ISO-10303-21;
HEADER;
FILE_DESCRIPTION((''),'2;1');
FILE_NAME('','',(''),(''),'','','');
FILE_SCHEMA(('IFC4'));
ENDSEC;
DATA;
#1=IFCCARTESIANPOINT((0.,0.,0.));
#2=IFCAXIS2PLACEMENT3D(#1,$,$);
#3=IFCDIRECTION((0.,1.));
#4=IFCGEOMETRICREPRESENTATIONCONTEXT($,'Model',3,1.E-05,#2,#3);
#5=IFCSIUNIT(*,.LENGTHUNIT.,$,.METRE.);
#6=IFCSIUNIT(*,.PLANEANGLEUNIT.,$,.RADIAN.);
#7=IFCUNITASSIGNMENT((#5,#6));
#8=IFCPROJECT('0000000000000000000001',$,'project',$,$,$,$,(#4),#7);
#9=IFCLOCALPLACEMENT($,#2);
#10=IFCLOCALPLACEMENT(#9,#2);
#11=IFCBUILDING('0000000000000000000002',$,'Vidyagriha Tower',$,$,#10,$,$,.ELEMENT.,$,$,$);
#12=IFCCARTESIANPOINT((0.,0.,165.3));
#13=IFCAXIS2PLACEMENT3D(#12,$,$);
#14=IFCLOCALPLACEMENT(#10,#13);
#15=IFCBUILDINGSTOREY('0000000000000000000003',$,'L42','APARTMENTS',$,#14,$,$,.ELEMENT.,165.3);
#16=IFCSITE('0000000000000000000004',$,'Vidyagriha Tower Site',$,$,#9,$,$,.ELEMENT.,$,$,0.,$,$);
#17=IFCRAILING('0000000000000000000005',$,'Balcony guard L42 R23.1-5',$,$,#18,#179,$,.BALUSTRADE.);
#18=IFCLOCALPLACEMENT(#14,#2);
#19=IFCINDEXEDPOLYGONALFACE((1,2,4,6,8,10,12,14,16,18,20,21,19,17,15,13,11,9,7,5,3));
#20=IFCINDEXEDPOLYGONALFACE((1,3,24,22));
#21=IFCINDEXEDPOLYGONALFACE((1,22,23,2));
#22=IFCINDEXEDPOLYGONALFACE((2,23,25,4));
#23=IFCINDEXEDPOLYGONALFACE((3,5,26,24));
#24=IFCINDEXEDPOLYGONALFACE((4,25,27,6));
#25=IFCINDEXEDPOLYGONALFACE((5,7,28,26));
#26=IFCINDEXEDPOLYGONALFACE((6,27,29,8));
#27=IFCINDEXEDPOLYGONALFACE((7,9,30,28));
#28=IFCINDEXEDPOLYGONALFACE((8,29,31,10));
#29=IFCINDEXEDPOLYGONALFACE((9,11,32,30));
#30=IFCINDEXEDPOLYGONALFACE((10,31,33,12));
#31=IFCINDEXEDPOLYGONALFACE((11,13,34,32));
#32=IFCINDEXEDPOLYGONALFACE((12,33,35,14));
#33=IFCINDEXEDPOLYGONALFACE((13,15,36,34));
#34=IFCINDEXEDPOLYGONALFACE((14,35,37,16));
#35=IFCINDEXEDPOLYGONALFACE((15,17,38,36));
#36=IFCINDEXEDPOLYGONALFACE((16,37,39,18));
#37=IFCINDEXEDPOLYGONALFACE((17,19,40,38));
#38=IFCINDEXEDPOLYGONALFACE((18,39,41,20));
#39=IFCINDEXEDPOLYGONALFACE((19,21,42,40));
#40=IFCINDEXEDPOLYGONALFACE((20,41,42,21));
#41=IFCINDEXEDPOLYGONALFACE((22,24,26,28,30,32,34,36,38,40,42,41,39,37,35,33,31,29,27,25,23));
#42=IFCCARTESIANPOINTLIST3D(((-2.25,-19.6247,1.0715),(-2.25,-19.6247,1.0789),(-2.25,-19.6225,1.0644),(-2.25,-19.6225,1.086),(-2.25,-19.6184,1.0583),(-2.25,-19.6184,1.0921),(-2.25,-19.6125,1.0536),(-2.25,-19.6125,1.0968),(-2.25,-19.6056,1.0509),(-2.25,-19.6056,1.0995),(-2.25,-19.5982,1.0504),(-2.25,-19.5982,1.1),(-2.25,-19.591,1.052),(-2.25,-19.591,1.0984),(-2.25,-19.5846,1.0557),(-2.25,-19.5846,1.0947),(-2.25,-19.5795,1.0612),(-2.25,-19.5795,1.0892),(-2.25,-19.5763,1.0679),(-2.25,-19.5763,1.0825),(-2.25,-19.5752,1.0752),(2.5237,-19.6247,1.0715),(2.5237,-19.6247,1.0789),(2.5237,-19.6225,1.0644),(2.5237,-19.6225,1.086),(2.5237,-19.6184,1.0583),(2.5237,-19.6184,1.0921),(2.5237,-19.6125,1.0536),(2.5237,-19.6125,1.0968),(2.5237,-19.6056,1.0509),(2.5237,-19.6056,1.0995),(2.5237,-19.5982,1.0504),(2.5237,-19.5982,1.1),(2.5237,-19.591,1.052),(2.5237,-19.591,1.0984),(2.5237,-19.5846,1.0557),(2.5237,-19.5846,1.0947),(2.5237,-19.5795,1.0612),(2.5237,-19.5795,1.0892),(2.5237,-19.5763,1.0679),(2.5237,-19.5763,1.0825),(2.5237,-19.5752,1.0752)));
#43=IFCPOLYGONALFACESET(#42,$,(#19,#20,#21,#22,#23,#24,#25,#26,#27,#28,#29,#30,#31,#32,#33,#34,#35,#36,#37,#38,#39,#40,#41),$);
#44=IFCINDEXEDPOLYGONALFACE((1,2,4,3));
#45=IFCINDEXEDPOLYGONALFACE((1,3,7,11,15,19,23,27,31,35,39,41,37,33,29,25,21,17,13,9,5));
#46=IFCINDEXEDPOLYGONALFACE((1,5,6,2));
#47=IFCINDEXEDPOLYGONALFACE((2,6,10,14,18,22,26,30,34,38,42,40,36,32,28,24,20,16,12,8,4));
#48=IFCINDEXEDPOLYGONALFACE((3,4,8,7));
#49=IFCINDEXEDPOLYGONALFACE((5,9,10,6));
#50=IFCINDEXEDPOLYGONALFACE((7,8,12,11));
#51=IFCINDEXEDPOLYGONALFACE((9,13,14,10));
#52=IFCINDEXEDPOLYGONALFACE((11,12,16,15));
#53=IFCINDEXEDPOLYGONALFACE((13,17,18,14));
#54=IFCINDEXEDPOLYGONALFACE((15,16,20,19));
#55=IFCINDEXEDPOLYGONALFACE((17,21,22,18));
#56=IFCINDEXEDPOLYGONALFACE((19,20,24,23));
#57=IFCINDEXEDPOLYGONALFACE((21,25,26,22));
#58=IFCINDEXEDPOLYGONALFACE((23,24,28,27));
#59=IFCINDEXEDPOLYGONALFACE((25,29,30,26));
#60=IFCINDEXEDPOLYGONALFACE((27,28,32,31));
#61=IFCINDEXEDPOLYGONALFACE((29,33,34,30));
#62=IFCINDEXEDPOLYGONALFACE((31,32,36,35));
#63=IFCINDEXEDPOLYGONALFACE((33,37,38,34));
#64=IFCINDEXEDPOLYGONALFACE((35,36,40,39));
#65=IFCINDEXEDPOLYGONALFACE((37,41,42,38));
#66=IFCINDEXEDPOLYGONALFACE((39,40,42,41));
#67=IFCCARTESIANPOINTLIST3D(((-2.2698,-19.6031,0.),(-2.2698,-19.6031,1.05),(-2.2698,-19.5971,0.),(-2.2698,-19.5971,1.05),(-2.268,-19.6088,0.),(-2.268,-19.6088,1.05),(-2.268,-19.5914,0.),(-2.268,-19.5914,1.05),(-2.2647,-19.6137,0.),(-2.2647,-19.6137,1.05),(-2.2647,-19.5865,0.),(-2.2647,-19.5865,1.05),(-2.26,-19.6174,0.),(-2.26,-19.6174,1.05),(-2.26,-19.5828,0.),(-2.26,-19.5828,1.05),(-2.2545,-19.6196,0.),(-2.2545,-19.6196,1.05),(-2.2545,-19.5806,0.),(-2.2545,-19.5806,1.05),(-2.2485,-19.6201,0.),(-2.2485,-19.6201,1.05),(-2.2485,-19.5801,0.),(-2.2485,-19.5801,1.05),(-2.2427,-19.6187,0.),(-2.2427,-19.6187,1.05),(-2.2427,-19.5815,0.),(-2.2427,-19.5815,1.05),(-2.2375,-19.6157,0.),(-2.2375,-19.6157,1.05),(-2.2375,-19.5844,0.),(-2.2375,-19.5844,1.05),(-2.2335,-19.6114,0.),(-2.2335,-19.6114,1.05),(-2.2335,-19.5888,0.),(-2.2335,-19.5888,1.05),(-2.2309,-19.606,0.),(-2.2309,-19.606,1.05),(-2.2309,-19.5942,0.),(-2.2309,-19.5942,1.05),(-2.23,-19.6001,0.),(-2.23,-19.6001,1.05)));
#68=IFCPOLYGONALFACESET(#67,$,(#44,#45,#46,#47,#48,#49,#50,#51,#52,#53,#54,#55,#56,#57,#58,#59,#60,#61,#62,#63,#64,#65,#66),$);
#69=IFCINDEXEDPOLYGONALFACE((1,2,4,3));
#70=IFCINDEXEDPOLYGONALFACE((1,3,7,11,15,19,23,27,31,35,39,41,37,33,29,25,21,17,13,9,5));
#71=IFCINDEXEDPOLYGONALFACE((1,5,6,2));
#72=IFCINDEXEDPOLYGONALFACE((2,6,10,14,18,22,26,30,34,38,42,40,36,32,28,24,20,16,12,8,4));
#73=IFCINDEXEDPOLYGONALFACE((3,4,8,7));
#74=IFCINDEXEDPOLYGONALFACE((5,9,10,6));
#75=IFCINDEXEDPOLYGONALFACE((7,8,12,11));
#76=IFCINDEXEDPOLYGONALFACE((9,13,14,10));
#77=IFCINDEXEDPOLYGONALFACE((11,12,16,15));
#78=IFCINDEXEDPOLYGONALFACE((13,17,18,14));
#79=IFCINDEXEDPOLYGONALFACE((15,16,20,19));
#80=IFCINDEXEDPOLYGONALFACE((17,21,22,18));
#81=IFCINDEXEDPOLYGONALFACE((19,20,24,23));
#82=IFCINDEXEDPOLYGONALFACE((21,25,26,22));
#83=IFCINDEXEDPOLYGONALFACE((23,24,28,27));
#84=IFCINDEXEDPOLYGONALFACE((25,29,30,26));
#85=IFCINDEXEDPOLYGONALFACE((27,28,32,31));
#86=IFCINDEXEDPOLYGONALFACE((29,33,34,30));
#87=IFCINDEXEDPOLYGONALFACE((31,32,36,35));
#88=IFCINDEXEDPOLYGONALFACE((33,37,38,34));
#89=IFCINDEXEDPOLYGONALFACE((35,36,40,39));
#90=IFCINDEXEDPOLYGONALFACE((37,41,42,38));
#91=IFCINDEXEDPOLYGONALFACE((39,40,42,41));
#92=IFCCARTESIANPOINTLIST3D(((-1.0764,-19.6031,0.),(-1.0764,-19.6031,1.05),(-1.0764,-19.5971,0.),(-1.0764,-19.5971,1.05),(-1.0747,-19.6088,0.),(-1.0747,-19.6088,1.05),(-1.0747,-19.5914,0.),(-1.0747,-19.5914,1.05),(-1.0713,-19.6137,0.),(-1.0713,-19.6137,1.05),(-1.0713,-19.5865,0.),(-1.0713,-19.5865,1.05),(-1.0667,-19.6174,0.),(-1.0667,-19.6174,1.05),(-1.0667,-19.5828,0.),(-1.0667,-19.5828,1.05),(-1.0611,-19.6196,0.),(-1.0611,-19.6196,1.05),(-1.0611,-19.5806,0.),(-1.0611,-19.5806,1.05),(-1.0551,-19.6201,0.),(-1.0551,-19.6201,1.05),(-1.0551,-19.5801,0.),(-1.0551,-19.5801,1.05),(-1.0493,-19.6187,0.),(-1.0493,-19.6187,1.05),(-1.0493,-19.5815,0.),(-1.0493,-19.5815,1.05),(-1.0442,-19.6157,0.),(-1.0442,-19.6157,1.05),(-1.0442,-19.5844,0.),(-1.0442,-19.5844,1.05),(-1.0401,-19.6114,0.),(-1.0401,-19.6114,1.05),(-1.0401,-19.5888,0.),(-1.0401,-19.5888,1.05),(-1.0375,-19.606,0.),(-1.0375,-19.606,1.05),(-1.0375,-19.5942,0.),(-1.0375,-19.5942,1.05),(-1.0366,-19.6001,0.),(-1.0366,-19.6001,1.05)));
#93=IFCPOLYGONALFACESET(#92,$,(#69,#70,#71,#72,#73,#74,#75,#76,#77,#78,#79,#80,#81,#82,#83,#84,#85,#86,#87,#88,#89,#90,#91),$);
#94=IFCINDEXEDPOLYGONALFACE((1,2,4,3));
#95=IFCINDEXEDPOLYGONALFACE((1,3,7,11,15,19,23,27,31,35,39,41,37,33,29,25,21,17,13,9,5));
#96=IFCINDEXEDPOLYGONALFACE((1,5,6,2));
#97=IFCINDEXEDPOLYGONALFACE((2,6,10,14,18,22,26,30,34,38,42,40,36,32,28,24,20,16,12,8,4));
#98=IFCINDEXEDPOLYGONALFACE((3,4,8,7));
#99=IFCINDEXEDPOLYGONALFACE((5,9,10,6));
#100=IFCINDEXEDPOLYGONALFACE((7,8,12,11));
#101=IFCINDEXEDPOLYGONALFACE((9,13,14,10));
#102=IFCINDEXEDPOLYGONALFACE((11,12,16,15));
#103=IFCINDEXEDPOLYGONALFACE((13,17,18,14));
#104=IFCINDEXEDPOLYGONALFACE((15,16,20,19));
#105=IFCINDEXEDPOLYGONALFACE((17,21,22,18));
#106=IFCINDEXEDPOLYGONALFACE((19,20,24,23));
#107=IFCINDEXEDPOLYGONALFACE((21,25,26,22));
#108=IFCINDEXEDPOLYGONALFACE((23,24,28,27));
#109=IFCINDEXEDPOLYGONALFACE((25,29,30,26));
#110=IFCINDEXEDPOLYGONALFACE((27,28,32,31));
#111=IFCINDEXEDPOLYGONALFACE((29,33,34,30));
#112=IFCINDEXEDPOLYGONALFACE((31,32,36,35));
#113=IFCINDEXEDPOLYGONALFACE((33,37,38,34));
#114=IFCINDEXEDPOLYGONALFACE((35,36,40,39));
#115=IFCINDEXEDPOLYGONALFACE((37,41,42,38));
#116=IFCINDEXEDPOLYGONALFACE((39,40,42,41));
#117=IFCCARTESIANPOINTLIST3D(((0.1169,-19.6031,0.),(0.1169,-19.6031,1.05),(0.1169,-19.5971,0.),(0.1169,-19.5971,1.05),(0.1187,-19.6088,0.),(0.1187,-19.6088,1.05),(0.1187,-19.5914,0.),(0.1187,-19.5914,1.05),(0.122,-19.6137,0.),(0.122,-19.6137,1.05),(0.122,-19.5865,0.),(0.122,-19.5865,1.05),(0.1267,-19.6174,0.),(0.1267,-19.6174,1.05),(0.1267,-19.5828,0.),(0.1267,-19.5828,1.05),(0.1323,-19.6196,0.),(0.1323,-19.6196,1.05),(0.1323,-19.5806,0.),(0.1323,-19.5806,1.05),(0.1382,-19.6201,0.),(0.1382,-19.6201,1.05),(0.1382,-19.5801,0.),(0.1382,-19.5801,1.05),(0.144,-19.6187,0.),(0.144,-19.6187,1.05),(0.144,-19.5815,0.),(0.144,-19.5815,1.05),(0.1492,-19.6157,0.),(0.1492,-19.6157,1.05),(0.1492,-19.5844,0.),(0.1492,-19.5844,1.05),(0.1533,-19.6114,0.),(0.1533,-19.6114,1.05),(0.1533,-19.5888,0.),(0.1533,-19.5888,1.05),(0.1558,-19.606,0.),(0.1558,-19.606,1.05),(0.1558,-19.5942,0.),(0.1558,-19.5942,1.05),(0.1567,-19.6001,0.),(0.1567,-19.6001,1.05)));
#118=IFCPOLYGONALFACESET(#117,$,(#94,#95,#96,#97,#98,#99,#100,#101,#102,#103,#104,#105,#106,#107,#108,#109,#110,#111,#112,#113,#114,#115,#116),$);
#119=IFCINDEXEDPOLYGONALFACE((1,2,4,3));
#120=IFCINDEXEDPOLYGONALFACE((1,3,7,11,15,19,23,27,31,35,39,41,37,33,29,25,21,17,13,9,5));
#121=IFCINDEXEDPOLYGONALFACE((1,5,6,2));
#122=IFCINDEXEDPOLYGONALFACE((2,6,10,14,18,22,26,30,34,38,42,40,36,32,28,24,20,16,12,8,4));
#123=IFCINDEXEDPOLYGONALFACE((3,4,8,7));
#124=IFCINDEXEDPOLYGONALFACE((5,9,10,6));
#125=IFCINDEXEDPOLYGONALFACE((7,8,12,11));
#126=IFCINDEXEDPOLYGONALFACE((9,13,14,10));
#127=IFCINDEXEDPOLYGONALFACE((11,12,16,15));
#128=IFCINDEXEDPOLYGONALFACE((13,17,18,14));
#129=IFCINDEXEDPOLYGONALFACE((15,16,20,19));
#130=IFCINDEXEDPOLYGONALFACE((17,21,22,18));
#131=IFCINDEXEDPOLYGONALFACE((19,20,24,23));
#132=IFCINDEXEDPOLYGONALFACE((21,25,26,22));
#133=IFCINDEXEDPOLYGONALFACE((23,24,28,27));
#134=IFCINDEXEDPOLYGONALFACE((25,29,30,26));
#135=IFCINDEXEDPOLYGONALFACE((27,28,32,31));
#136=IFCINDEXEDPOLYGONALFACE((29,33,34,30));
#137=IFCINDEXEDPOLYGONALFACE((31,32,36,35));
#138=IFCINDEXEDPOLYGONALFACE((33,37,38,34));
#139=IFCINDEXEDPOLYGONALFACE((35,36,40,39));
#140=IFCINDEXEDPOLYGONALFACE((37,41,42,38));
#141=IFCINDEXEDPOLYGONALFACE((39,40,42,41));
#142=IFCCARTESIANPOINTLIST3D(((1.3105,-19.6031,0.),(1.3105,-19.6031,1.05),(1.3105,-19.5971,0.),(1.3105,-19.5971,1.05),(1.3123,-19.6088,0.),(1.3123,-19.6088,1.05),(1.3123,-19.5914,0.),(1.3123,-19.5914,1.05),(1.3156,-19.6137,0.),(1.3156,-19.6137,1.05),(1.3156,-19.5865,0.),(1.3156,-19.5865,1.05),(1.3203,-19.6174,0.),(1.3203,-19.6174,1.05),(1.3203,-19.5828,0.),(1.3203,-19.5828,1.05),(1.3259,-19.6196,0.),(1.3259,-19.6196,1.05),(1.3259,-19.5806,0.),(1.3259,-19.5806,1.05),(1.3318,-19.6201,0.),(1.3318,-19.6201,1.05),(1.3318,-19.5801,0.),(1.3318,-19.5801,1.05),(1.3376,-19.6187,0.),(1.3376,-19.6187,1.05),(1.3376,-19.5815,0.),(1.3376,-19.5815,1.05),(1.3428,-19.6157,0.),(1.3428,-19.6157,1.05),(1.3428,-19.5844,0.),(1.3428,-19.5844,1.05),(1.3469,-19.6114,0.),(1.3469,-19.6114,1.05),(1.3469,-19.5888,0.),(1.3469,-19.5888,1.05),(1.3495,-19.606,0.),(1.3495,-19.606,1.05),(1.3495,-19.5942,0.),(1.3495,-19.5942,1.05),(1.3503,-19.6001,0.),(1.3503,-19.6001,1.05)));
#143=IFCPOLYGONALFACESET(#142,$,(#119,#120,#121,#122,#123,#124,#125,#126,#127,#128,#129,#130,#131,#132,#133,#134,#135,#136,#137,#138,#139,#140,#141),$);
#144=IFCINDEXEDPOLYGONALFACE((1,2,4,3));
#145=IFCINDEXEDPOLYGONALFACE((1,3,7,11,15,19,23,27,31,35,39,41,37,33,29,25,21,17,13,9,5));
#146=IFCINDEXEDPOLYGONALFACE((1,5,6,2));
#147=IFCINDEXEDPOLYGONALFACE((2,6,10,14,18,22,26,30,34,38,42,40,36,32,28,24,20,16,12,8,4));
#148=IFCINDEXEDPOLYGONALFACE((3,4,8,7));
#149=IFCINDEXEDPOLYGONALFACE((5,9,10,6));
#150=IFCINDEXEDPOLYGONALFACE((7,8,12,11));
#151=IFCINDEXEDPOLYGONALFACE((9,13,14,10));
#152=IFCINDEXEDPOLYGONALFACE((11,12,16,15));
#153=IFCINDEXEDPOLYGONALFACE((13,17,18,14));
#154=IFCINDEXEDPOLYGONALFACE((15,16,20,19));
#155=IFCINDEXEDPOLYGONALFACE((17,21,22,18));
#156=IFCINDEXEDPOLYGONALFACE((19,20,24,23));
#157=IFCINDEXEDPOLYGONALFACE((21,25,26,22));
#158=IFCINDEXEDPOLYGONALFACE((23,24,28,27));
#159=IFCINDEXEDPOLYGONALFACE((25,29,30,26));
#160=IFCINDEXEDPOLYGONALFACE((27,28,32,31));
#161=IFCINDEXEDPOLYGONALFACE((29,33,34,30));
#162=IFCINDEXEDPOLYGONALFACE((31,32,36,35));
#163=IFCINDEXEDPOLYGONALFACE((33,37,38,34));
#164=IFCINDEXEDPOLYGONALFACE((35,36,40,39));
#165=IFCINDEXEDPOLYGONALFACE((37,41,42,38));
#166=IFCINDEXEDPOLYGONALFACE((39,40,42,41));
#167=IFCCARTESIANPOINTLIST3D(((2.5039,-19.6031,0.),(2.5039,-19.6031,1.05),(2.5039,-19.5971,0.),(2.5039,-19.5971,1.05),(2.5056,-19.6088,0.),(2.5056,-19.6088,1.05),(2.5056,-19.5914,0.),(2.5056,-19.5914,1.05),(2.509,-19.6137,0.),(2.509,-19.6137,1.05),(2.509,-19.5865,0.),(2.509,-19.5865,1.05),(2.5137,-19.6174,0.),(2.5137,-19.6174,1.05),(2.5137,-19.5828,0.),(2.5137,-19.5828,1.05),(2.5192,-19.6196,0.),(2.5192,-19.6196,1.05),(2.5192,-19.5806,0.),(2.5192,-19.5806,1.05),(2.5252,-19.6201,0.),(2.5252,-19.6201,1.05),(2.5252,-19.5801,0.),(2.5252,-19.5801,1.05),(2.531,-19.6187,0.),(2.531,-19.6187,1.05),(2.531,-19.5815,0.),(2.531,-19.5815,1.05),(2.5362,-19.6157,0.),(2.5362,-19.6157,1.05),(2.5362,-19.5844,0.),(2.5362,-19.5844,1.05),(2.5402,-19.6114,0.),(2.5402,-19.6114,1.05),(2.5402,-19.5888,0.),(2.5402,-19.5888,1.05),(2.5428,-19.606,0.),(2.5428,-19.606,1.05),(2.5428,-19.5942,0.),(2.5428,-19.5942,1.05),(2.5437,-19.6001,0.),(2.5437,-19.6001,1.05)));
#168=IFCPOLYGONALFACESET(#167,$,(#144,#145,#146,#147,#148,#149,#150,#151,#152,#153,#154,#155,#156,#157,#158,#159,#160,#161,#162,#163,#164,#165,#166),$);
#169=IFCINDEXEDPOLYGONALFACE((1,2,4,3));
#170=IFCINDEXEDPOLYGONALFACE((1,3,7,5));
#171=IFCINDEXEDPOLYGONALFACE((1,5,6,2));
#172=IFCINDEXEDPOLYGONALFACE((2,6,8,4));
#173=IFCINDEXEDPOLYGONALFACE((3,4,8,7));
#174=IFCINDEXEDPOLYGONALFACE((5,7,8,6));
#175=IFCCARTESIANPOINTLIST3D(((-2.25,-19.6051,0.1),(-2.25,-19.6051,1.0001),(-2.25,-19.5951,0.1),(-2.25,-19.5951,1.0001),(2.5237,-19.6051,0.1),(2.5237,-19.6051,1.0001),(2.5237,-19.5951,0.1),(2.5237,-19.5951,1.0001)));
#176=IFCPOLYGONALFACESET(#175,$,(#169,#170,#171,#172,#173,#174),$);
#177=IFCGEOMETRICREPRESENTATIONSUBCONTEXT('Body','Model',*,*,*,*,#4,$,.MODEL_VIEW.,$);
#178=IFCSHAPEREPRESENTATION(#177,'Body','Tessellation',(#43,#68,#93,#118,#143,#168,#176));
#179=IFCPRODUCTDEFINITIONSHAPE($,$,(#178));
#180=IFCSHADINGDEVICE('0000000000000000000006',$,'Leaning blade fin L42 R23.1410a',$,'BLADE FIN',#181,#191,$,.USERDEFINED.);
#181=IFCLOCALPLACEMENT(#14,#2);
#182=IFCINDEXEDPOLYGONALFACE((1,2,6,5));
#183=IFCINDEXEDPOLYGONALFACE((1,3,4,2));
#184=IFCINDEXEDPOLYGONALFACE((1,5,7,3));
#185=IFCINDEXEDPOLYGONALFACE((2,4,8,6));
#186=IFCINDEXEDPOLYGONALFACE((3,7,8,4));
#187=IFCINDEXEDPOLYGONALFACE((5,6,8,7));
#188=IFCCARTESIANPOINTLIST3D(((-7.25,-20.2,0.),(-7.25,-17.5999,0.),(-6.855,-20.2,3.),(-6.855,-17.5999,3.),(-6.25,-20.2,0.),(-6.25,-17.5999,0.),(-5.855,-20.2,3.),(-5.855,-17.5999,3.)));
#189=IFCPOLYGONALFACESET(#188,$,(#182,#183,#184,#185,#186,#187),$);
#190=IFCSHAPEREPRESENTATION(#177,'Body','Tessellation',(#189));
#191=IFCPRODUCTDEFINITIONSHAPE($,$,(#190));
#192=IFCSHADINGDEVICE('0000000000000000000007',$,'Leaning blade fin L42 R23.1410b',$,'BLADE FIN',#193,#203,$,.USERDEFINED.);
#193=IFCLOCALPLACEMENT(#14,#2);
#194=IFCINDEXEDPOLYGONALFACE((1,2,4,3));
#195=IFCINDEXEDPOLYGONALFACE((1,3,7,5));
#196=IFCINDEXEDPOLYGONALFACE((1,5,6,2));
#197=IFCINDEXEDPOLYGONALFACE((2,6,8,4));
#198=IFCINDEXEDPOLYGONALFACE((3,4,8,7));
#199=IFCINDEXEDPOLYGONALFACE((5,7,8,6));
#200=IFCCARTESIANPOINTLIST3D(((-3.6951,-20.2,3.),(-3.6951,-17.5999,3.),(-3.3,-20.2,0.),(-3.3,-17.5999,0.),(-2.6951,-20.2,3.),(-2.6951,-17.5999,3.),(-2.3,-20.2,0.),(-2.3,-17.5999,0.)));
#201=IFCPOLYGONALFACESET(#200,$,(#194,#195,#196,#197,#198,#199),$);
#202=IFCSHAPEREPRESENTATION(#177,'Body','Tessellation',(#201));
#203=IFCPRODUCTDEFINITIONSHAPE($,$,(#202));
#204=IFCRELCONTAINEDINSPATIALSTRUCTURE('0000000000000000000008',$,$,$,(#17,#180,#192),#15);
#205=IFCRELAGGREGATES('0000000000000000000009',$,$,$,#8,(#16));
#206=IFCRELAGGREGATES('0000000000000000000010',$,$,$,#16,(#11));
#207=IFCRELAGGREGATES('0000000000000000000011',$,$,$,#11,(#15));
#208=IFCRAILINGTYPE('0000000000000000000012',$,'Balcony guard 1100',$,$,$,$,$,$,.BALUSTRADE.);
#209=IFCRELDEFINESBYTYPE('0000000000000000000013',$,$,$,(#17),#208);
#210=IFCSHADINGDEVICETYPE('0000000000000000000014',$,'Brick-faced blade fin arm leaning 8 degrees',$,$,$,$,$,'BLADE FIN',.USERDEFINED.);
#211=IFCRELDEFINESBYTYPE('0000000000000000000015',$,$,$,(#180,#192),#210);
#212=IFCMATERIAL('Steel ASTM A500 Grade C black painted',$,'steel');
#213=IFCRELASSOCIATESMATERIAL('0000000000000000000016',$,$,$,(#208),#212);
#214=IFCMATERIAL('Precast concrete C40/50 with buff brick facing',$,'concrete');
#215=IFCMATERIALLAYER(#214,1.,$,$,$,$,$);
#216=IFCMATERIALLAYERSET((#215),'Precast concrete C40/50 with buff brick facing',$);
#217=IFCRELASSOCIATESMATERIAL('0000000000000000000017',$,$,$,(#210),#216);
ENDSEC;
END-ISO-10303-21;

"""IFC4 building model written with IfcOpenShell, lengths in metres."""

from ifc_helpers import new_model, si_unit, direction, frame, origin, origin_2d, place, context, subcontext, project, spatial, polyline, rectangle, circle, outline, extrude, material, layer, layer_set, type_object, element, save


model = new_model("IFC4")

# Units and contexts
model_context = context("Model", 3, precision=1e-05, world=origin(), true_north=direction((0.0, 1.0)))
body_context = subcontext(model_context, "Body", "Model", "MODEL_VIEW")
ifc_project = project(units=[si_unit("LENGTHUNIT", "METRE"), si_unit("PLANEANGLEUNIT", "RADIAN")], contexts=[model_context])

# Site, building, storey
site_placement = place(None, origin())
site = spatial("IfcSite", under=ifc_project, at=site_placement, Name="Vidyagriha Tower Site", CompositionType="ELEMENT", RefElevation=0.0)
building_placement = place(site_placement, origin())
building = spatial("IfcBuilding", under=site, at=building_placement, Name="Vidyagriha Tower", CompositionType="ELEMENT")
storey_placement = place(building_placement, frame((0.0, 0.0, 165.3)))
storey = spatial("IfcBuildingStorey", under=building, at=storey_placement, Name="L42", Description="APARTMENTS", CompositionType="ELEMENT", Elevation=165.3)

# Railing
ifc_material_1 = material(Name="Steel ASTM A500 Grade C black painted", Category="steel")
railing_type = type_object("IfcRailingType", Name="Balcony guard 1100", PredefinedType="BALUSTRADE", material=ifc_material_1)
railing_1_placement = place(storey_placement, frame((-2.25, -19.6001, 0.0)))
element("IfcRailing", 1, at=railing_1_placement, inside=storey, type_object=railing_type, Name="Balcony guard L42 R23.1-5", PredefinedType="BALUSTRADE", context=body_context, shape_type="SweptSolid", body=[
    extrude(circle(Radius=0.0249, at=origin_2d()), frame((0.0, 0.0, 1.0752), z_axis=(1.0, 0.0, 0.0), x_axis=(0.0, 1.0, 0.0)), (0.0, 0.0, 1.0), 4.7737),
    extrude(circle(Radius=0.02, at=origin_2d()), origin(), (0.0, 0.0, 1.0), 1.05),
    extrude(circle(Radius=0.02, at=origin_2d()), frame((1.1934, 0.0, 0.0)), (0.0, 0.0, 1.0), 1.05),
    extrude(circle(Radius=0.02, at=origin_2d()), frame((2.3867, 0.0, 0.0)), (0.0, 0.0, 1.0), 1.05),
    extrude(circle(Radius=0.02, at=origin_2d()), frame((3.5803, 0.0, 0.0)), (0.0, 0.0, 1.0), 1.05),
    extrude(circle(Radius=0.02, at=origin_2d()), frame((4.7737, 0.0, 0.0)), (0.0, 0.0, 1.0), 1.05),
    extrude(rectangle(XDim=0.01, YDim=0.9001, at=origin_2d()), frame((0.0, 0.0, 0.55), z_axis=(1.0, 0.0, 0.0), x_axis=(0.0, 1.0, 0.0)), (0.0, 0.0, 1.0), 4.7737),
])

# Shading devices
ifc_material_2 = material(Name="Precast concrete C40/50 with buff brick facing", Category="concrete")
ifc_layer_1 = layer(ifc_material_2, 1.0)
ifc_layer_set_1 = layer_set([ifc_layer_1], Name="Precast concrete C40/50 with buff brick facing")
shading_device_type_1 = type_object("IfcShadingDeviceType", Name="Brick-faced blade fin arm leaning 8 degrees", ElementType="BLADE FIN", PredefinedType="USERDEFINED", material=ifc_layer_set_1)
shading_device_1_placement = place(storey_placement, frame((-7.25, -18.8999, 0.0)))
element("IfcShadingDevice", 2, at=shading_device_1_placement, inside=storey, type_object=shading_device_type_1, Name="Leaning blade fin L42 R23.1410a", ObjectType="BLADE FIN", PredefinedType="USERDEFINED", context=body_context, shape_type="SweptSolid", body=[
    extrude(outline(polyline([(0.0, 0.0), (1.0, 0.0), (1.395, 3.0), (0.395, 3.0), (0.0, 0.0)])), frame((0.0, 1.3, 0.0), z_axis=(0.0, -1.0, 0.0), x_axis=(1.0, 0.0, 0.0)), (0.0, 0.0, 1.0), 2.6001),
])
shading_device_2_placement = place(storey_placement, frame((-3.6951, -18.8999, 0.0)))
element("IfcShadingDevice", 3, at=shading_device_2_placement, inside=storey, type_object=shading_device_type_1, Name="Leaning blade fin L42 R23.1410b", ObjectType="BLADE FIN", PredefinedType="USERDEFINED", context=body_context, shape_type="SweptSolid", body=[
    extrude(outline(polyline([(0.395, 0.0), (1.395, 0.0), (1.0, 3.0), (0.0, 3.0), (0.395, 0.0)])), frame((0.0, 1.3, 0.0), z_axis=(0.0, -1.0, 0.0), x_axis=(1.0, 0.0, 0.0)), (0.0, 0.0, 1.0), 2.6001),
])

save(model, "model.ifc")
